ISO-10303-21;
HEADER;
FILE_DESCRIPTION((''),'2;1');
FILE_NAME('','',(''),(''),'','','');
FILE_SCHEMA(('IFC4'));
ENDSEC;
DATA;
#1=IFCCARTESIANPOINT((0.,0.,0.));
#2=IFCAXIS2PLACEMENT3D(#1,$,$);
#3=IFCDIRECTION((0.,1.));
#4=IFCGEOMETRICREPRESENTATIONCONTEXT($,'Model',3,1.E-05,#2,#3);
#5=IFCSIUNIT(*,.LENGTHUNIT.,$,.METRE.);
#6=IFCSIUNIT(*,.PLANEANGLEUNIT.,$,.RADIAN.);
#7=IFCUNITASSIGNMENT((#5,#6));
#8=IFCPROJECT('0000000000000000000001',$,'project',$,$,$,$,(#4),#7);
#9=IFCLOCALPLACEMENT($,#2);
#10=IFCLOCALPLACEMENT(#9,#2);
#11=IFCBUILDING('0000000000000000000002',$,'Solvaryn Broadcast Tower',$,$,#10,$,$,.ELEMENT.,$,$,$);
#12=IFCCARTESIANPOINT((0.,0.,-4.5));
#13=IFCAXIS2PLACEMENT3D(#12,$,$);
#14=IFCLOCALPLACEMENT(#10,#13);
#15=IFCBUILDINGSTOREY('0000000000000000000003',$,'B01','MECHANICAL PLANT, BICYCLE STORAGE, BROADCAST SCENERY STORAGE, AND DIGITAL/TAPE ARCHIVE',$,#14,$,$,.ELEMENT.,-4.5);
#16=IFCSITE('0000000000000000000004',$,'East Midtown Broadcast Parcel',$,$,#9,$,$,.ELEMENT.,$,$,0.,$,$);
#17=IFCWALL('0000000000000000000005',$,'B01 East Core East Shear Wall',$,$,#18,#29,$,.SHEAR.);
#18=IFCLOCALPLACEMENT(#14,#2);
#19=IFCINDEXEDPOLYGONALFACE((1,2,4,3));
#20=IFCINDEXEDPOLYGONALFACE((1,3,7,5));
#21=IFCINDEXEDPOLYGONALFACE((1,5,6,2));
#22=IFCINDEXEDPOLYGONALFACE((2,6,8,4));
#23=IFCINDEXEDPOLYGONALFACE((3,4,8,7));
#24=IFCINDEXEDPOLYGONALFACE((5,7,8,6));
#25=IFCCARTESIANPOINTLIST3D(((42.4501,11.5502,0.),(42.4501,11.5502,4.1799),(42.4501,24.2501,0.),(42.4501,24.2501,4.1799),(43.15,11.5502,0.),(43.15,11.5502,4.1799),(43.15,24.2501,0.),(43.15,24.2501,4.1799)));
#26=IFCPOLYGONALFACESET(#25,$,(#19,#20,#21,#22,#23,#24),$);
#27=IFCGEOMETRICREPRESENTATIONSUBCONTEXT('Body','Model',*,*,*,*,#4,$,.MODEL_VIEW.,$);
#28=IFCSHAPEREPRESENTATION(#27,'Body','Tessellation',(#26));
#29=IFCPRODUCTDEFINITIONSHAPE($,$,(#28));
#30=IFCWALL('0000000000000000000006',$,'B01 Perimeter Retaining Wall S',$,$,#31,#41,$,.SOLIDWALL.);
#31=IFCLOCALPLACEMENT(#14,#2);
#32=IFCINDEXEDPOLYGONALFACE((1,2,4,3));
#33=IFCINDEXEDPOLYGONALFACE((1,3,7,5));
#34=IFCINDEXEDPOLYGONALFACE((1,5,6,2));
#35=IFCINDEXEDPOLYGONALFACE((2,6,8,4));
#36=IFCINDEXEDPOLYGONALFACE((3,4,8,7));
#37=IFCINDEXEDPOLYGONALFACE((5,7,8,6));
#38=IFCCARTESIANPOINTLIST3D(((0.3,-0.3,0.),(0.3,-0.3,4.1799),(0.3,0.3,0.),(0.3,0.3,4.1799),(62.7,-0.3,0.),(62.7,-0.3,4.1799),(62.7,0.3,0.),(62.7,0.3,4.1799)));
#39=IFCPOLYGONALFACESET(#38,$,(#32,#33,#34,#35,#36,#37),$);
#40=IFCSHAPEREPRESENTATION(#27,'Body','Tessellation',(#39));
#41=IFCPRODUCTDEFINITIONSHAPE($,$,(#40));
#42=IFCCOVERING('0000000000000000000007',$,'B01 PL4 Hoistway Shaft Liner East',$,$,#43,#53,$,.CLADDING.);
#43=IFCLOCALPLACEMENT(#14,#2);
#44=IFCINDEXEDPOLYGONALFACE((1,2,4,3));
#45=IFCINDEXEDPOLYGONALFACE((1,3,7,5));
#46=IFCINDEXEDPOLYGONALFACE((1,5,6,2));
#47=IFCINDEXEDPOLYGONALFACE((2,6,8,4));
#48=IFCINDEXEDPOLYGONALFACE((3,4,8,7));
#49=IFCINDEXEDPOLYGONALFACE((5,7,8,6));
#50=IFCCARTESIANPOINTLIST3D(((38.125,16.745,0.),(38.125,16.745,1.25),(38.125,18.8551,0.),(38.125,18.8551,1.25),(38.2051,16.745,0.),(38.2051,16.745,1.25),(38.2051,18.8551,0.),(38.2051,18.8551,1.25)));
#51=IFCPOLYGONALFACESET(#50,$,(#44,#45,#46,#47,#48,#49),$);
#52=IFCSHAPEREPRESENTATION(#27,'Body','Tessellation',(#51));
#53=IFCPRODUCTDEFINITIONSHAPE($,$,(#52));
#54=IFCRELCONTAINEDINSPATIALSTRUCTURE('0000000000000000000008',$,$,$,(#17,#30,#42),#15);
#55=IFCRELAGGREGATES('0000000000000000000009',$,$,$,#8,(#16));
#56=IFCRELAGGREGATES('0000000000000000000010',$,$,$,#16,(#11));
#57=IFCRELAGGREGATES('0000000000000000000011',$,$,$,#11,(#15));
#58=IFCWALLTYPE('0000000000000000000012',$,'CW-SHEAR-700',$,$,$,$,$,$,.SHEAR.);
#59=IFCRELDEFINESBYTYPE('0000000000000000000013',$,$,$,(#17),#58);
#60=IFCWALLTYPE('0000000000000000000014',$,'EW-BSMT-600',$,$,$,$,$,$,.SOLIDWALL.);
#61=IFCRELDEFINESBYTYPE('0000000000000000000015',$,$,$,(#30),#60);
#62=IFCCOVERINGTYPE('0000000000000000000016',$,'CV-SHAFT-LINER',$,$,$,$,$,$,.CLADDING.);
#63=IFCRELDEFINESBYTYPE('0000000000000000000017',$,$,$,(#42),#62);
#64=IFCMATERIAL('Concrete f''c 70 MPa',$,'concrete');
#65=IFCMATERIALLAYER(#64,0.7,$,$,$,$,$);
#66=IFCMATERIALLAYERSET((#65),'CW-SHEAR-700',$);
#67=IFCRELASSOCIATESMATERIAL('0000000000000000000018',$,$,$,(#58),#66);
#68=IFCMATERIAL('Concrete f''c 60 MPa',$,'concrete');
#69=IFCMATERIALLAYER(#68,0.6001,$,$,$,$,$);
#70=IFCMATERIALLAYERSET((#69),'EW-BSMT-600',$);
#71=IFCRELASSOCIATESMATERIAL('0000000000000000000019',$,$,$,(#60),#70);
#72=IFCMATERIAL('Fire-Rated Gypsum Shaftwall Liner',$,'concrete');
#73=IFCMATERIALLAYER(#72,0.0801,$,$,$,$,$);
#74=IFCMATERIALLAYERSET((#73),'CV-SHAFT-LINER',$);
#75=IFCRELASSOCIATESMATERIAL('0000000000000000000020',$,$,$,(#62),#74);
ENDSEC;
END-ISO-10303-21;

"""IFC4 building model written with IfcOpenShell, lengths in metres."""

from ifc_helpers import new_model, si_unit, direction, frame, frame_2d, origin, origin_2d, place, context, subcontext, project, spatial, rectangle, extrude, material, layer, layer_set, type_object, element, save


model = new_model("IFC4")

# Units and contexts
model_context = context("Model", 3, precision=1e-05, world=origin(), true_north=direction((0.0, 1.0)))
body_context = subcontext(model_context, "Body", "Model", "MODEL_VIEW")
ifc_project = project(units=[si_unit("LENGTHUNIT", "METRE"), si_unit("PLANEANGLEUNIT", "RADIAN")], contexts=[model_context])

# Site, building, storey
site_placement = place(None, origin())
site = spatial("IfcSite", under=ifc_project, at=site_placement, Name="East Midtown Broadcast Parcel", CompositionType="ELEMENT", RefElevation=0.0)
building_placement = place(site_placement, origin())
building = spatial("IfcBuilding", under=site, at=building_placement, Name="Solvaryn Broadcast Tower", CompositionType="ELEMENT")
storey_placement = place(building_placement, frame((0.0, 0.0, -4.5)))
storey = spatial("IfcBuildingStorey", under=building, at=storey_placement, Name="B01", Description="MECHANICAL PLANT, BICYCLE STORAGE, BROADCAST SCENERY STORAGE, AND DIGITAL/TAPE ARCHIVE", CompositionType="ELEMENT", Elevation=-4.5)

# Walls
ifc_material_1 = material(Name="Concrete f'c 70 MPa", Category="concrete")
ifc_layer_1 = layer(ifc_material_1, 0.7)
ifc_layer_set_1 = layer_set([ifc_layer_1], Name="CW-SHEAR-700")
wall_type_1 = type_object("IfcWallType", Name="CW-SHEAR-700", PredefinedType="SHEAR", material=ifc_layer_set_1)
wall_1_placement = place(storey_placement, frame((42.8, 11.55, 0.0), z_axis=(0.0, 0.0, 1.0), x_axis=(0.0, 1.0, 0.0)))
element("IfcWall", 1, at=wall_1_placement, inside=storey, type_object=wall_type_1, Name="B01 East Core East Shear Wall", PredefinedType="SHEAR", context=body_context, shape_type="SweptSolid", body=[
    extrude(rectangle(XDim=12.7, YDim=0.7, at=frame_2d((6.3501, 0.0))), origin(), (0.0, 0.0, 1.0), 4.1799),
])
ifc_material_2 = material(Name="Concrete f'c 60 MPa", Category="concrete")
ifc_layer_2 = layer(ifc_material_2, 0.6001)
ifc_layer_set_2 = layer_set([ifc_layer_2], Name="EW-BSMT-600")
wall_type_2 = type_object("IfcWallType", Name="EW-BSMT-600", PredefinedType="SOLIDWALL", material=ifc_layer_set_2)
wall_2_placement = place(storey_placement, frame((62.7, 0.0, 0.0), z_axis=(0.0, 0.0, 1.0), x_axis=(-1.0, 0.0, 0.0)))
element("IfcWall", 2, at=wall_2_placement, inside=storey, type_object=wall_type_2, Name="B01 Perimeter Retaining Wall S", PredefinedType="SOLIDWALL", context=body_context, shape_type="SweptSolid", body=[
    extrude(rectangle(XDim=62.3999, YDim=0.6001, at=frame_2d((31.2, 0.0))), origin(), (0.0, 0.0, 1.0), 4.1799),
])

# Covering
ifc_material_3 = material(Name="Fire-Rated Gypsum Shaftwall Liner", Category="concrete")
ifc_layer_3 = layer(ifc_material_3, 0.0801)
ifc_layer_set_3 = layer_set([ifc_layer_3], Name="CV-SHAFT-LINER")
covering_type = type_object("IfcCoveringType", Name="CV-SHAFT-LINER", PredefinedType="CLADDING", material=ifc_layer_set_3)
covering_placement = place(storey_placement, frame((38.165, 17.8, 0.0), z_axis=(0.0, 0.0, 1.0), x_axis=(1.0, 0.0, 0.0)))
element("IfcCovering", 3, at=covering_placement, inside=storey, type_object=covering_type, Name="B01 PL4 Hoistway Shaft Liner East", PredefinedType="CLADDING", context=body_context, shape_type="SweptSolid", body=[
    extrude(rectangle(XDim=0.0801, YDim=2.1101, at=origin_2d()), origin(), (0.0, 0.0, 1.0), 1.25),
])

save(model, "model.ifc")
